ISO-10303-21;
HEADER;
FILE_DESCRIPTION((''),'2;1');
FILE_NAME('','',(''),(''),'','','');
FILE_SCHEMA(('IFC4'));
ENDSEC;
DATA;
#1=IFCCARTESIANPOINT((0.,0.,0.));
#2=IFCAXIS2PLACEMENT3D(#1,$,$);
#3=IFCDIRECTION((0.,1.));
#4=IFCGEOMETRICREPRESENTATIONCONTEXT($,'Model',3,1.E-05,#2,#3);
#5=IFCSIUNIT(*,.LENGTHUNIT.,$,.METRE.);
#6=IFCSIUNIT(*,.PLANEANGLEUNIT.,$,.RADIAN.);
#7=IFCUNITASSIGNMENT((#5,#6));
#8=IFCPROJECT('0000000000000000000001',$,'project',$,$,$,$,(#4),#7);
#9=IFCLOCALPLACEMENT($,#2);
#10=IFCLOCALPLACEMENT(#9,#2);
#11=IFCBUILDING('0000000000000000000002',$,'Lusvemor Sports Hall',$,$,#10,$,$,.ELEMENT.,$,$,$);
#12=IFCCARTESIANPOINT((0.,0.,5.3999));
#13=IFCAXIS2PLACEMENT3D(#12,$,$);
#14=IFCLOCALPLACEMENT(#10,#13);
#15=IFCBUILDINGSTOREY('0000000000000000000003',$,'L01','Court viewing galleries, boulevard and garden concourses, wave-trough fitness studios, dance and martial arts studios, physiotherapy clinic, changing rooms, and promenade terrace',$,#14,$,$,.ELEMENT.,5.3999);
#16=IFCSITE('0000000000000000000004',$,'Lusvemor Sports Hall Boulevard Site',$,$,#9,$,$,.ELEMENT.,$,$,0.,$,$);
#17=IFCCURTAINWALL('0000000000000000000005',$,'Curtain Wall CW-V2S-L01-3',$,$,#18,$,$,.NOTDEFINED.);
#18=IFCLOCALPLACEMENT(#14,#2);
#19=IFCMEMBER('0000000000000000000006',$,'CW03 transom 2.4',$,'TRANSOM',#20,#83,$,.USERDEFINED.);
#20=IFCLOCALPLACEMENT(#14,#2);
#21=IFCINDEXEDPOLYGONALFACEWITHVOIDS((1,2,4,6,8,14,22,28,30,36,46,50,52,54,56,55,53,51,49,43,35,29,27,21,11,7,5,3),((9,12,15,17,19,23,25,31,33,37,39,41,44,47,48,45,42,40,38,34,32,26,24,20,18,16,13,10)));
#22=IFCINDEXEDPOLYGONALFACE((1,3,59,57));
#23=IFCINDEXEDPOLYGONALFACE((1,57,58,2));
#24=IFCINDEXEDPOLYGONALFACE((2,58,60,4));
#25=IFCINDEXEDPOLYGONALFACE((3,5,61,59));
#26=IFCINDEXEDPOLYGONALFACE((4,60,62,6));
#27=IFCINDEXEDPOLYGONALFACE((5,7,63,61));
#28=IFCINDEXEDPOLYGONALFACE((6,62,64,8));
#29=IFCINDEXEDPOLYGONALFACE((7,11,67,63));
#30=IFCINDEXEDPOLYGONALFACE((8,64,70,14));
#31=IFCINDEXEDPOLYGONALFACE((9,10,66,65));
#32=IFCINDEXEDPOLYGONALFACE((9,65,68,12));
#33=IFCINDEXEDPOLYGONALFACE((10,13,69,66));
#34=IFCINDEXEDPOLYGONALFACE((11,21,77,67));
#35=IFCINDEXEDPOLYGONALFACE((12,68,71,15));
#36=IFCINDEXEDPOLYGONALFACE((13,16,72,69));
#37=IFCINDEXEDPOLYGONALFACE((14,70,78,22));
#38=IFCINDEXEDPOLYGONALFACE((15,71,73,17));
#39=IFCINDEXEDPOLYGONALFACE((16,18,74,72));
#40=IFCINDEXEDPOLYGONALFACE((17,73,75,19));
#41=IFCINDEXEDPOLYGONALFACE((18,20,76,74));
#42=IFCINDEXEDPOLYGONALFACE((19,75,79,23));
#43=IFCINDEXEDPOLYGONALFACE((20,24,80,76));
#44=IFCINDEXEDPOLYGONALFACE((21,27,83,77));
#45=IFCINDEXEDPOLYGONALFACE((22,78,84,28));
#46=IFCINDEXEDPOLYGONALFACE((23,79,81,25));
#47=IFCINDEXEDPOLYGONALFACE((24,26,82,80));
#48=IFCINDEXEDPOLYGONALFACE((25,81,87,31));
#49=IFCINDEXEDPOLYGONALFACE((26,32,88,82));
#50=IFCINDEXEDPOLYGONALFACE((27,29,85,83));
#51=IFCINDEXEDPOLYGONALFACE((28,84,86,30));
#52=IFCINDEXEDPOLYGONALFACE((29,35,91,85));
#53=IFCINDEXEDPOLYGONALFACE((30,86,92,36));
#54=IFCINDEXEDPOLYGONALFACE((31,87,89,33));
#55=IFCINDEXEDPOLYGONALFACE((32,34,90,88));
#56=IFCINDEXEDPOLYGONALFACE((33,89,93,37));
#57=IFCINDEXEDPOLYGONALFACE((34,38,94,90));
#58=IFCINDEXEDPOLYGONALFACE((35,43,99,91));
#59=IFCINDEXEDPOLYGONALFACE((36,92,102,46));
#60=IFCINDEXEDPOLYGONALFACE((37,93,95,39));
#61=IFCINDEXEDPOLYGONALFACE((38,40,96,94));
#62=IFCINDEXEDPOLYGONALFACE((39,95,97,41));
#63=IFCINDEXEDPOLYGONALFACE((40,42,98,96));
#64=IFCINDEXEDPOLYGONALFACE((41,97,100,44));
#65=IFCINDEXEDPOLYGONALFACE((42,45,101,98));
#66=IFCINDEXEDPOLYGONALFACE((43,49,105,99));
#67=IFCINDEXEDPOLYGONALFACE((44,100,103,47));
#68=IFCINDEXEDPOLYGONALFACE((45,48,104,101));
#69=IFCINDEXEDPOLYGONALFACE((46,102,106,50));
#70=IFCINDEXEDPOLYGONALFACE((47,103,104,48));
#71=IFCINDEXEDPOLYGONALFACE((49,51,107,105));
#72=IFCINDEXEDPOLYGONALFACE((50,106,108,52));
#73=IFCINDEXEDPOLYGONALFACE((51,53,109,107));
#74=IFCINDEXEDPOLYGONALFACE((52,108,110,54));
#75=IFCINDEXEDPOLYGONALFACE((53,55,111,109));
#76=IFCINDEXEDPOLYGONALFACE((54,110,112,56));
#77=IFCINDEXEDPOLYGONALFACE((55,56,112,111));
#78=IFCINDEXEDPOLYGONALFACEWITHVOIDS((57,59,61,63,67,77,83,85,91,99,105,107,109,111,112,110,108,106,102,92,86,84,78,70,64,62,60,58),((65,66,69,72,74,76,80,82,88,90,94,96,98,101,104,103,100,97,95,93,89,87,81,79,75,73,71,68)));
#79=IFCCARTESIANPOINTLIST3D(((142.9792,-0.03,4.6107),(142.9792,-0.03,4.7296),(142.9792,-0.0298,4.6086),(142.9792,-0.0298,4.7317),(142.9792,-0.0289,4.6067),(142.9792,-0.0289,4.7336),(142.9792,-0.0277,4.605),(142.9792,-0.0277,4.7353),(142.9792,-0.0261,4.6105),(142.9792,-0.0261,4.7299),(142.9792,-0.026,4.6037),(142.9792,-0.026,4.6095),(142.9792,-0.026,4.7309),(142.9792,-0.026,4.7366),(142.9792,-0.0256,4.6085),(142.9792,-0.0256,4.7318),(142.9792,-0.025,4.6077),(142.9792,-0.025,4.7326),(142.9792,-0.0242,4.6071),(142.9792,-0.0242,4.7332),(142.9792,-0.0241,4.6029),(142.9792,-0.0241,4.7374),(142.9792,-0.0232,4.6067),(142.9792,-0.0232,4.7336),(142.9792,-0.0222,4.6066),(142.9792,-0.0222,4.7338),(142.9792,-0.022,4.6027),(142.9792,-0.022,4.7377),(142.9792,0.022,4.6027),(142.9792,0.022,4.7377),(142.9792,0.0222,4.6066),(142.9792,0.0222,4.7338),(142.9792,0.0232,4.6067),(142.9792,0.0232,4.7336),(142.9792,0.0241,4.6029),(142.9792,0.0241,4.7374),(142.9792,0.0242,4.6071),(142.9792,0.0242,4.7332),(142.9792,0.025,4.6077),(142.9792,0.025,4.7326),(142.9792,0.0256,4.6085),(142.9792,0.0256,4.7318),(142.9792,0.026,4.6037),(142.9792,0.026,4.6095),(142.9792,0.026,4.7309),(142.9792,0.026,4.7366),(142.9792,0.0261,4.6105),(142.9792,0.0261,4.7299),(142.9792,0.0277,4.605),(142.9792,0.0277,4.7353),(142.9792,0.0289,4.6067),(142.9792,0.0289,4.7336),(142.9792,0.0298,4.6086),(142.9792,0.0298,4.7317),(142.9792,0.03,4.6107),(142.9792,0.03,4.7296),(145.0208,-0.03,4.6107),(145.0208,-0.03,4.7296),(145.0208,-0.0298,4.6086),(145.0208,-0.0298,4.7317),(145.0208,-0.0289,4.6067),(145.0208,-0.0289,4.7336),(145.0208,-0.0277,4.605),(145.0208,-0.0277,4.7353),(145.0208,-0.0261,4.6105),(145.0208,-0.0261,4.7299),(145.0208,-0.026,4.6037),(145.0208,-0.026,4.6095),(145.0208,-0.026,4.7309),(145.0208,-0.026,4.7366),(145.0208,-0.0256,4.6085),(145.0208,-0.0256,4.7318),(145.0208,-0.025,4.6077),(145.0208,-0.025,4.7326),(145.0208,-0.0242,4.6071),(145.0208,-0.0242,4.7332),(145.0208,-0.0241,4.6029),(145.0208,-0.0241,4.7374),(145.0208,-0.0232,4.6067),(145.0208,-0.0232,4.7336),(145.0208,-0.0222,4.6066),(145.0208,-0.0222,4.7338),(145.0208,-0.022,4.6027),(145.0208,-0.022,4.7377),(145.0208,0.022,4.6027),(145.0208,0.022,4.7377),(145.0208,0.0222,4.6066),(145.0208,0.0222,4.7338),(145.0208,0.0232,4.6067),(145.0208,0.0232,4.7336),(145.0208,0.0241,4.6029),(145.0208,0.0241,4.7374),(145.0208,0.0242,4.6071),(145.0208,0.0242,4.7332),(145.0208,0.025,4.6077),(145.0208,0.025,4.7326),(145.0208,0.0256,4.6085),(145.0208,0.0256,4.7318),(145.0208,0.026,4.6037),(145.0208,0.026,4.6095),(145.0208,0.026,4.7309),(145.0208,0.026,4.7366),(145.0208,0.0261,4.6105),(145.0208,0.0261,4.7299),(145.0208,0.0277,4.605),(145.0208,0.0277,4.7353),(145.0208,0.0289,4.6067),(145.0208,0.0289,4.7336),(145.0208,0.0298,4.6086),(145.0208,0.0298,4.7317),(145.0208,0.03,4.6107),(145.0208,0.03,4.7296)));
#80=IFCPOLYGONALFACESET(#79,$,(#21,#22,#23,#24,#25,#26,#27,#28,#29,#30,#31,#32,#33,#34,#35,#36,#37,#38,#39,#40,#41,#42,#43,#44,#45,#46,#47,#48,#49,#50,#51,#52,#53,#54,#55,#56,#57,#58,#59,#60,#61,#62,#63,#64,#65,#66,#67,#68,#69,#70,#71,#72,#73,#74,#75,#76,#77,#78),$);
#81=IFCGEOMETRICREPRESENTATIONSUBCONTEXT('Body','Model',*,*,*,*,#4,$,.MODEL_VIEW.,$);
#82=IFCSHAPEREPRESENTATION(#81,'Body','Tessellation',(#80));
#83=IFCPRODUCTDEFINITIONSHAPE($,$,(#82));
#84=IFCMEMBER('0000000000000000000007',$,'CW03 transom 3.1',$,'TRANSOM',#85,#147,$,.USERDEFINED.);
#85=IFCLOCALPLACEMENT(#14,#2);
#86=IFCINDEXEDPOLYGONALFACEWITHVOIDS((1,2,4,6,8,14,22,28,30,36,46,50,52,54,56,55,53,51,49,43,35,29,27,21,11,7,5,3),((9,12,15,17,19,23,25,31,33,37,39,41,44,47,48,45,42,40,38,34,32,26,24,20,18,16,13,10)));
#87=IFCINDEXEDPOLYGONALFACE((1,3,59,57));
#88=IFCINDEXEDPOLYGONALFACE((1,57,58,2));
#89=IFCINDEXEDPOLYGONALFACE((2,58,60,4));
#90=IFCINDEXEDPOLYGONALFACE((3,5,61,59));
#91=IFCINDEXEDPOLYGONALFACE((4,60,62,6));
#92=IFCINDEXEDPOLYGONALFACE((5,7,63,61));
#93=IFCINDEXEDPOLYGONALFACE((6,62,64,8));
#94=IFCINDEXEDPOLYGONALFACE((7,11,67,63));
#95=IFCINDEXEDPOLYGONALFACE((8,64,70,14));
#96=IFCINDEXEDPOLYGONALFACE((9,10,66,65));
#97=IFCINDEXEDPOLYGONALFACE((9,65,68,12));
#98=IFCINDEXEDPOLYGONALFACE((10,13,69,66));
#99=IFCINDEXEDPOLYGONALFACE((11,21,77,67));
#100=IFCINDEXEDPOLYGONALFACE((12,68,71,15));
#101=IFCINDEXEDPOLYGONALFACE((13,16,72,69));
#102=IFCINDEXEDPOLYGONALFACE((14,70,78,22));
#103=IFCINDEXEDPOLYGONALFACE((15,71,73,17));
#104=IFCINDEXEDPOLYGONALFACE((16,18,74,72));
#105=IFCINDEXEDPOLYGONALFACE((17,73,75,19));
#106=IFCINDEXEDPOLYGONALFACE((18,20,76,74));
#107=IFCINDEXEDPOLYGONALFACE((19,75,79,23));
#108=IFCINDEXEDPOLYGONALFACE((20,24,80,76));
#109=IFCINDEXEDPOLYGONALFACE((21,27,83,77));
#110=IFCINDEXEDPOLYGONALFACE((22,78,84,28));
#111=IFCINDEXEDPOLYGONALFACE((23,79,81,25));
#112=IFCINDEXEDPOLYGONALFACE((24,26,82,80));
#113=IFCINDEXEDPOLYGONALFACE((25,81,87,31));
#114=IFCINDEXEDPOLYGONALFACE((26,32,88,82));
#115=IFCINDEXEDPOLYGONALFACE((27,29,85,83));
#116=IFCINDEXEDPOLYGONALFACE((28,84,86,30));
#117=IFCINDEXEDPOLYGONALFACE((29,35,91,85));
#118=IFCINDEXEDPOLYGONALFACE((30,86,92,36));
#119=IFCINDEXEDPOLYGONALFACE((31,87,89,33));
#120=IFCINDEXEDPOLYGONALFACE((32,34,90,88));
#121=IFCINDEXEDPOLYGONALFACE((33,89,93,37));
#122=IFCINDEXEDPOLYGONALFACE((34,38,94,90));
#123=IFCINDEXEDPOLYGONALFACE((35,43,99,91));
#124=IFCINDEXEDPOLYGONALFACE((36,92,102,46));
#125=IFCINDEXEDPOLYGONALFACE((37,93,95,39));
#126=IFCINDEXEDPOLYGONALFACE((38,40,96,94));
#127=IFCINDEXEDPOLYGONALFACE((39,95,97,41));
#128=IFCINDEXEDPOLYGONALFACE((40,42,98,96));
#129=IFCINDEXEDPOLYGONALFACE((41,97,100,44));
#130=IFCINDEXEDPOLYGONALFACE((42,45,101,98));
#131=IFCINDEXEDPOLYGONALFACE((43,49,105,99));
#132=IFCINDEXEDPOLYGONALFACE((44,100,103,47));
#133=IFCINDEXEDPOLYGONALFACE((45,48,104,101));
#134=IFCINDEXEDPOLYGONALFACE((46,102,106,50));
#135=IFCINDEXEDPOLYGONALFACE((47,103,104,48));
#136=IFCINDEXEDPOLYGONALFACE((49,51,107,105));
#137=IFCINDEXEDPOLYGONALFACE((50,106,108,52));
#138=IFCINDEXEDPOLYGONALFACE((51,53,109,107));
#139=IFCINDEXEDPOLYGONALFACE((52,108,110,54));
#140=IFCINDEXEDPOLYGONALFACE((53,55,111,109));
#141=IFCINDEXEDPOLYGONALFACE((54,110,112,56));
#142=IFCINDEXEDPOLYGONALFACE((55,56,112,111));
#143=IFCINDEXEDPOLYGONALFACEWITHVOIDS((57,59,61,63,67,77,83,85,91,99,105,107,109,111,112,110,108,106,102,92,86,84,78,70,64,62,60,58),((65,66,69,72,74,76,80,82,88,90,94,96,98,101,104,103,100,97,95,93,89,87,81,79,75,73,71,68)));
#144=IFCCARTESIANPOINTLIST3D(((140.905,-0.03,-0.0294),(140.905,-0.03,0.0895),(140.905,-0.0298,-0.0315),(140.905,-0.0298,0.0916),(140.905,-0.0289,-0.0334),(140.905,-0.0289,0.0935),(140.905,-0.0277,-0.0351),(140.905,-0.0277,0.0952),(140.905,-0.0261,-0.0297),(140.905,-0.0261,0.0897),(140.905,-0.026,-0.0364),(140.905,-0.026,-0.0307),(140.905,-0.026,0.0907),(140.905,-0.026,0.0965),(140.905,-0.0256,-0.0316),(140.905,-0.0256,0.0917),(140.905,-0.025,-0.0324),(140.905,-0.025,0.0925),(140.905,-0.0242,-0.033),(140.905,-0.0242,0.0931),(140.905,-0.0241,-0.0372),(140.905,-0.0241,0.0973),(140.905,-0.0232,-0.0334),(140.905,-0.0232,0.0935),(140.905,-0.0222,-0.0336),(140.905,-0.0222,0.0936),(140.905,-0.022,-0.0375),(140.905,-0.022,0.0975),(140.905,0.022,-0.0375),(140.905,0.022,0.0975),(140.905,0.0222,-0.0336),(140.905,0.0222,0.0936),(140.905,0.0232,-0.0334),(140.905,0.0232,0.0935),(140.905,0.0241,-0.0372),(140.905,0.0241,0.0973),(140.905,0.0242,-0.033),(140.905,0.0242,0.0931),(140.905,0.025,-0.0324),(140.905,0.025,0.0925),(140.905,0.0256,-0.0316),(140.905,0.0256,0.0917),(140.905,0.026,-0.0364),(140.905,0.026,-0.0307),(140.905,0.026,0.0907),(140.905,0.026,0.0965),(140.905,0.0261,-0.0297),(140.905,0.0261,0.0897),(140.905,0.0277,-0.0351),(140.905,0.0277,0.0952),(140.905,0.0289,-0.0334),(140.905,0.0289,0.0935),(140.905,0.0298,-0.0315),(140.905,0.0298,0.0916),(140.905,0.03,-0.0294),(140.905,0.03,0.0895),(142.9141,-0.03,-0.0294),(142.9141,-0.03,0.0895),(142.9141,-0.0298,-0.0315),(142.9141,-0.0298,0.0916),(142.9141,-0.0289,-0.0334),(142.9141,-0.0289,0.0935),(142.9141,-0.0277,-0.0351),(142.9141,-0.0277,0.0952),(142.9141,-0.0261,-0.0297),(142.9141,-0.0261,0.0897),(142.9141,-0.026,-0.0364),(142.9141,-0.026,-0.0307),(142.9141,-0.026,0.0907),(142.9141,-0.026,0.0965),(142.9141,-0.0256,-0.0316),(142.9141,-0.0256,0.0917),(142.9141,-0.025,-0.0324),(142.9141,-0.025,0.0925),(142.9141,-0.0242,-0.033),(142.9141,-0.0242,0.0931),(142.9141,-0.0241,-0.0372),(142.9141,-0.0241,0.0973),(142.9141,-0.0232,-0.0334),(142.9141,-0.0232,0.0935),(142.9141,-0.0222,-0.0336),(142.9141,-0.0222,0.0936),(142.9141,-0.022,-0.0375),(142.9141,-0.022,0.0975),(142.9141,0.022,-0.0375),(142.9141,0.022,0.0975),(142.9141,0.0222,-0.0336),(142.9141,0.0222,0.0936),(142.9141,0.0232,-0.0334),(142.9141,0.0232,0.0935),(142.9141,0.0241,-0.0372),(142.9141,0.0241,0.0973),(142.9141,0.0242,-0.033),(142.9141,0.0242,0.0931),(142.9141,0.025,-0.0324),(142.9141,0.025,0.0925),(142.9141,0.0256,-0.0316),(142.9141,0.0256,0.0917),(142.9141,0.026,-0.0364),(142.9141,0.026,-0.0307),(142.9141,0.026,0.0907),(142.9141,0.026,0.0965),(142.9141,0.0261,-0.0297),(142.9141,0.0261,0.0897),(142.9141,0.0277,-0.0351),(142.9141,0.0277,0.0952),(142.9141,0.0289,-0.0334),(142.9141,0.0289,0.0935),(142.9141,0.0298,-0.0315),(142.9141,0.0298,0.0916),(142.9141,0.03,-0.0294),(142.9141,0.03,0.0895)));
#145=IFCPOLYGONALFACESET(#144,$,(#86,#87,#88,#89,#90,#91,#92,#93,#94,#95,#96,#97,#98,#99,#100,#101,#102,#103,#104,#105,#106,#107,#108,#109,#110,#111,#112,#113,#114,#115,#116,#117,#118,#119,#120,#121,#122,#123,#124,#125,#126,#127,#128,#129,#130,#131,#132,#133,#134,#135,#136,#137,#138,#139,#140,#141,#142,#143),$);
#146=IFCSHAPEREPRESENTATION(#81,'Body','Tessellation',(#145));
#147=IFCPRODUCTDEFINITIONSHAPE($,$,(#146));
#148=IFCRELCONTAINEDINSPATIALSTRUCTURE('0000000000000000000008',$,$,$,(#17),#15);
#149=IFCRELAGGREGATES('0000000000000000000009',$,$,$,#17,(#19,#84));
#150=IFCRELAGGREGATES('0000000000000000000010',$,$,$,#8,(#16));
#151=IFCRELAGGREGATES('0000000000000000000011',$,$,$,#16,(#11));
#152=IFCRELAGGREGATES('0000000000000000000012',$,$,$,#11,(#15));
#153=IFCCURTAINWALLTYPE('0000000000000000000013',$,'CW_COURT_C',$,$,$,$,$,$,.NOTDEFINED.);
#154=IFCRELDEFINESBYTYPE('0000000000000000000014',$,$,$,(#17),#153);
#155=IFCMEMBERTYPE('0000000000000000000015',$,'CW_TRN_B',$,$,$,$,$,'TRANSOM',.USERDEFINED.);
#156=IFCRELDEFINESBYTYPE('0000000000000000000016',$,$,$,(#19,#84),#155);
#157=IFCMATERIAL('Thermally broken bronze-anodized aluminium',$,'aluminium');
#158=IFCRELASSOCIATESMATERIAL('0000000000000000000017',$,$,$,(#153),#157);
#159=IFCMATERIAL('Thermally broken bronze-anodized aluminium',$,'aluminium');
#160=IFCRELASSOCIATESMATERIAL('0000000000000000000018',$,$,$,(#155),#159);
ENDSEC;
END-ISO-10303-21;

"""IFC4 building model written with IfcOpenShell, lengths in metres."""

from ifc_helpers import new_model, si_unit, direction, frame, origin, origin_2d, place, context, subcontext, project, spatial, hollow_rectangle, extrude, material, material_profile, profile_set, type_object, element, aggregate, save


model = new_model("IFC4")

# Units and contexts
model_context = context("Model", 3, precision=1e-05, world=origin(), true_north=direction((0.0, 1.0)))
body_context = subcontext(model_context, "Body", "Model", "MODEL_VIEW")
ifc_project = project(units=[si_unit("LENGTHUNIT", "METRE"), si_unit("PLANEANGLEUNIT", "RADIAN")], contexts=[model_context])

# Site, building, storey
site_placement = place(None, origin())
site = spatial("IfcSite", under=ifc_project, at=site_placement, Name="Lusvemor Sports Hall Boulevard Site", CompositionType="ELEMENT", RefElevation=0.0)
building_placement = place(site_placement, origin())
building = spatial("IfcBuilding", under=site, at=building_placement, Name="Lusvemor Sports Hall", CompositionType="ELEMENT")
storey_placement = place(building_placement, frame((0.0, 0.0, 5.3999)))
storey = spatial("IfcBuildingStorey", under=building, at=storey_placement, Name="L01", Description="Court viewing galleries, boulevard and garden concourses, wave-trough fitness studios, dance and martial arts studios, physiotherapy clinic, changing rooms, and promenade terrace", CompositionType="ELEMENT", Elevation=5.3999)

# Shared definitions
ifc_material_1 = material(Name="Thermally broken bronze-anodized aluminium", Category="aluminium")
curtain_wall_type = type_object("IfcCurtainWallType", Name="CW_COURT_C", PredefinedType="NOTDEFINED", material=ifc_material_1)

# Curtain wall
curtain_wall_1_placement = place(storey_placement, origin())
curtain_wall_1 = element("IfcCurtainWall", 1, at=curtain_wall_1_placement, inside=storey, type_object=curtain_wall_type, Name="Curtain Wall CW-V2S-L01-3", PredefinedType="NOTDEFINED")

# Members
ifc_material_2 = material(Name="Thermally broken bronze-anodized aluminium", Category="aluminium")
ifc_material_profile_1 = material_profile(ifc_material_2, hollow_rectangle(XDim=0.0601, YDim=0.135, WallThickness=0.0039, InnerFilletRadius=0.0039, OuterFilletRadius=0.0081, at=origin_2d()), Name="CWTRN135x60x4")
ifc_profile_set_1 = profile_set([ifc_material_profile_1], Name="Thermally broken bronze-anodized aluminium")
member_type_1 = type_object("IfcMemberType", Name="CW_TRN_B", ElementType="TRANSOM", PredefinedType="USERDEFINED", material=ifc_profile_set_1)
member_1_placement = place(storey_placement, frame((145.0208, 0.0, 4.6702), z_axis=(-1.0, 0.0, 0.0), x_axis=(0.0, -1.0, 0.0)))
member_1 = element("IfcMember", 2, at=member_1_placement, type_object=member_type_1, Name="CW03 transom 2.4", ObjectType="TRANSOM", PredefinedType="USERDEFINED", context=body_context, shape_type="SweptSolid", body=[
    extrude(hollow_rectangle(XDim=0.0601, YDim=0.135, WallThickness=0.0039, InnerFilletRadius=0.0039, OuterFilletRadius=0.0081, at=origin_2d()), origin(), (0.0, 0.0, 1.0), 2.0415),
])
member_2_placement = place(storey_placement, frame((142.9141, 0.0, 0.03), z_axis=(-1.0, 0.0, 0.0), x_axis=(0.0, -1.0, 0.0)))
member_2 = element("IfcMember", 3, at=member_2_placement, type_object=member_type_1, Name="CW03 transom 3.1", ObjectType="TRANSOM", PredefinedType="USERDEFINED", context=body_context, shape_type="SweptSolid", body=[
    extrude(hollow_rectangle(XDim=0.0601, YDim=0.135, WallThickness=0.0039, InnerFilletRadius=0.0039, OuterFilletRadius=0.0081, at=origin_2d()), origin(), (0.0, 0.0, 1.0), 2.009),
])

aggregate(curtain_wall_1, [member_1, member_2])

save(model, "model.ifc")
